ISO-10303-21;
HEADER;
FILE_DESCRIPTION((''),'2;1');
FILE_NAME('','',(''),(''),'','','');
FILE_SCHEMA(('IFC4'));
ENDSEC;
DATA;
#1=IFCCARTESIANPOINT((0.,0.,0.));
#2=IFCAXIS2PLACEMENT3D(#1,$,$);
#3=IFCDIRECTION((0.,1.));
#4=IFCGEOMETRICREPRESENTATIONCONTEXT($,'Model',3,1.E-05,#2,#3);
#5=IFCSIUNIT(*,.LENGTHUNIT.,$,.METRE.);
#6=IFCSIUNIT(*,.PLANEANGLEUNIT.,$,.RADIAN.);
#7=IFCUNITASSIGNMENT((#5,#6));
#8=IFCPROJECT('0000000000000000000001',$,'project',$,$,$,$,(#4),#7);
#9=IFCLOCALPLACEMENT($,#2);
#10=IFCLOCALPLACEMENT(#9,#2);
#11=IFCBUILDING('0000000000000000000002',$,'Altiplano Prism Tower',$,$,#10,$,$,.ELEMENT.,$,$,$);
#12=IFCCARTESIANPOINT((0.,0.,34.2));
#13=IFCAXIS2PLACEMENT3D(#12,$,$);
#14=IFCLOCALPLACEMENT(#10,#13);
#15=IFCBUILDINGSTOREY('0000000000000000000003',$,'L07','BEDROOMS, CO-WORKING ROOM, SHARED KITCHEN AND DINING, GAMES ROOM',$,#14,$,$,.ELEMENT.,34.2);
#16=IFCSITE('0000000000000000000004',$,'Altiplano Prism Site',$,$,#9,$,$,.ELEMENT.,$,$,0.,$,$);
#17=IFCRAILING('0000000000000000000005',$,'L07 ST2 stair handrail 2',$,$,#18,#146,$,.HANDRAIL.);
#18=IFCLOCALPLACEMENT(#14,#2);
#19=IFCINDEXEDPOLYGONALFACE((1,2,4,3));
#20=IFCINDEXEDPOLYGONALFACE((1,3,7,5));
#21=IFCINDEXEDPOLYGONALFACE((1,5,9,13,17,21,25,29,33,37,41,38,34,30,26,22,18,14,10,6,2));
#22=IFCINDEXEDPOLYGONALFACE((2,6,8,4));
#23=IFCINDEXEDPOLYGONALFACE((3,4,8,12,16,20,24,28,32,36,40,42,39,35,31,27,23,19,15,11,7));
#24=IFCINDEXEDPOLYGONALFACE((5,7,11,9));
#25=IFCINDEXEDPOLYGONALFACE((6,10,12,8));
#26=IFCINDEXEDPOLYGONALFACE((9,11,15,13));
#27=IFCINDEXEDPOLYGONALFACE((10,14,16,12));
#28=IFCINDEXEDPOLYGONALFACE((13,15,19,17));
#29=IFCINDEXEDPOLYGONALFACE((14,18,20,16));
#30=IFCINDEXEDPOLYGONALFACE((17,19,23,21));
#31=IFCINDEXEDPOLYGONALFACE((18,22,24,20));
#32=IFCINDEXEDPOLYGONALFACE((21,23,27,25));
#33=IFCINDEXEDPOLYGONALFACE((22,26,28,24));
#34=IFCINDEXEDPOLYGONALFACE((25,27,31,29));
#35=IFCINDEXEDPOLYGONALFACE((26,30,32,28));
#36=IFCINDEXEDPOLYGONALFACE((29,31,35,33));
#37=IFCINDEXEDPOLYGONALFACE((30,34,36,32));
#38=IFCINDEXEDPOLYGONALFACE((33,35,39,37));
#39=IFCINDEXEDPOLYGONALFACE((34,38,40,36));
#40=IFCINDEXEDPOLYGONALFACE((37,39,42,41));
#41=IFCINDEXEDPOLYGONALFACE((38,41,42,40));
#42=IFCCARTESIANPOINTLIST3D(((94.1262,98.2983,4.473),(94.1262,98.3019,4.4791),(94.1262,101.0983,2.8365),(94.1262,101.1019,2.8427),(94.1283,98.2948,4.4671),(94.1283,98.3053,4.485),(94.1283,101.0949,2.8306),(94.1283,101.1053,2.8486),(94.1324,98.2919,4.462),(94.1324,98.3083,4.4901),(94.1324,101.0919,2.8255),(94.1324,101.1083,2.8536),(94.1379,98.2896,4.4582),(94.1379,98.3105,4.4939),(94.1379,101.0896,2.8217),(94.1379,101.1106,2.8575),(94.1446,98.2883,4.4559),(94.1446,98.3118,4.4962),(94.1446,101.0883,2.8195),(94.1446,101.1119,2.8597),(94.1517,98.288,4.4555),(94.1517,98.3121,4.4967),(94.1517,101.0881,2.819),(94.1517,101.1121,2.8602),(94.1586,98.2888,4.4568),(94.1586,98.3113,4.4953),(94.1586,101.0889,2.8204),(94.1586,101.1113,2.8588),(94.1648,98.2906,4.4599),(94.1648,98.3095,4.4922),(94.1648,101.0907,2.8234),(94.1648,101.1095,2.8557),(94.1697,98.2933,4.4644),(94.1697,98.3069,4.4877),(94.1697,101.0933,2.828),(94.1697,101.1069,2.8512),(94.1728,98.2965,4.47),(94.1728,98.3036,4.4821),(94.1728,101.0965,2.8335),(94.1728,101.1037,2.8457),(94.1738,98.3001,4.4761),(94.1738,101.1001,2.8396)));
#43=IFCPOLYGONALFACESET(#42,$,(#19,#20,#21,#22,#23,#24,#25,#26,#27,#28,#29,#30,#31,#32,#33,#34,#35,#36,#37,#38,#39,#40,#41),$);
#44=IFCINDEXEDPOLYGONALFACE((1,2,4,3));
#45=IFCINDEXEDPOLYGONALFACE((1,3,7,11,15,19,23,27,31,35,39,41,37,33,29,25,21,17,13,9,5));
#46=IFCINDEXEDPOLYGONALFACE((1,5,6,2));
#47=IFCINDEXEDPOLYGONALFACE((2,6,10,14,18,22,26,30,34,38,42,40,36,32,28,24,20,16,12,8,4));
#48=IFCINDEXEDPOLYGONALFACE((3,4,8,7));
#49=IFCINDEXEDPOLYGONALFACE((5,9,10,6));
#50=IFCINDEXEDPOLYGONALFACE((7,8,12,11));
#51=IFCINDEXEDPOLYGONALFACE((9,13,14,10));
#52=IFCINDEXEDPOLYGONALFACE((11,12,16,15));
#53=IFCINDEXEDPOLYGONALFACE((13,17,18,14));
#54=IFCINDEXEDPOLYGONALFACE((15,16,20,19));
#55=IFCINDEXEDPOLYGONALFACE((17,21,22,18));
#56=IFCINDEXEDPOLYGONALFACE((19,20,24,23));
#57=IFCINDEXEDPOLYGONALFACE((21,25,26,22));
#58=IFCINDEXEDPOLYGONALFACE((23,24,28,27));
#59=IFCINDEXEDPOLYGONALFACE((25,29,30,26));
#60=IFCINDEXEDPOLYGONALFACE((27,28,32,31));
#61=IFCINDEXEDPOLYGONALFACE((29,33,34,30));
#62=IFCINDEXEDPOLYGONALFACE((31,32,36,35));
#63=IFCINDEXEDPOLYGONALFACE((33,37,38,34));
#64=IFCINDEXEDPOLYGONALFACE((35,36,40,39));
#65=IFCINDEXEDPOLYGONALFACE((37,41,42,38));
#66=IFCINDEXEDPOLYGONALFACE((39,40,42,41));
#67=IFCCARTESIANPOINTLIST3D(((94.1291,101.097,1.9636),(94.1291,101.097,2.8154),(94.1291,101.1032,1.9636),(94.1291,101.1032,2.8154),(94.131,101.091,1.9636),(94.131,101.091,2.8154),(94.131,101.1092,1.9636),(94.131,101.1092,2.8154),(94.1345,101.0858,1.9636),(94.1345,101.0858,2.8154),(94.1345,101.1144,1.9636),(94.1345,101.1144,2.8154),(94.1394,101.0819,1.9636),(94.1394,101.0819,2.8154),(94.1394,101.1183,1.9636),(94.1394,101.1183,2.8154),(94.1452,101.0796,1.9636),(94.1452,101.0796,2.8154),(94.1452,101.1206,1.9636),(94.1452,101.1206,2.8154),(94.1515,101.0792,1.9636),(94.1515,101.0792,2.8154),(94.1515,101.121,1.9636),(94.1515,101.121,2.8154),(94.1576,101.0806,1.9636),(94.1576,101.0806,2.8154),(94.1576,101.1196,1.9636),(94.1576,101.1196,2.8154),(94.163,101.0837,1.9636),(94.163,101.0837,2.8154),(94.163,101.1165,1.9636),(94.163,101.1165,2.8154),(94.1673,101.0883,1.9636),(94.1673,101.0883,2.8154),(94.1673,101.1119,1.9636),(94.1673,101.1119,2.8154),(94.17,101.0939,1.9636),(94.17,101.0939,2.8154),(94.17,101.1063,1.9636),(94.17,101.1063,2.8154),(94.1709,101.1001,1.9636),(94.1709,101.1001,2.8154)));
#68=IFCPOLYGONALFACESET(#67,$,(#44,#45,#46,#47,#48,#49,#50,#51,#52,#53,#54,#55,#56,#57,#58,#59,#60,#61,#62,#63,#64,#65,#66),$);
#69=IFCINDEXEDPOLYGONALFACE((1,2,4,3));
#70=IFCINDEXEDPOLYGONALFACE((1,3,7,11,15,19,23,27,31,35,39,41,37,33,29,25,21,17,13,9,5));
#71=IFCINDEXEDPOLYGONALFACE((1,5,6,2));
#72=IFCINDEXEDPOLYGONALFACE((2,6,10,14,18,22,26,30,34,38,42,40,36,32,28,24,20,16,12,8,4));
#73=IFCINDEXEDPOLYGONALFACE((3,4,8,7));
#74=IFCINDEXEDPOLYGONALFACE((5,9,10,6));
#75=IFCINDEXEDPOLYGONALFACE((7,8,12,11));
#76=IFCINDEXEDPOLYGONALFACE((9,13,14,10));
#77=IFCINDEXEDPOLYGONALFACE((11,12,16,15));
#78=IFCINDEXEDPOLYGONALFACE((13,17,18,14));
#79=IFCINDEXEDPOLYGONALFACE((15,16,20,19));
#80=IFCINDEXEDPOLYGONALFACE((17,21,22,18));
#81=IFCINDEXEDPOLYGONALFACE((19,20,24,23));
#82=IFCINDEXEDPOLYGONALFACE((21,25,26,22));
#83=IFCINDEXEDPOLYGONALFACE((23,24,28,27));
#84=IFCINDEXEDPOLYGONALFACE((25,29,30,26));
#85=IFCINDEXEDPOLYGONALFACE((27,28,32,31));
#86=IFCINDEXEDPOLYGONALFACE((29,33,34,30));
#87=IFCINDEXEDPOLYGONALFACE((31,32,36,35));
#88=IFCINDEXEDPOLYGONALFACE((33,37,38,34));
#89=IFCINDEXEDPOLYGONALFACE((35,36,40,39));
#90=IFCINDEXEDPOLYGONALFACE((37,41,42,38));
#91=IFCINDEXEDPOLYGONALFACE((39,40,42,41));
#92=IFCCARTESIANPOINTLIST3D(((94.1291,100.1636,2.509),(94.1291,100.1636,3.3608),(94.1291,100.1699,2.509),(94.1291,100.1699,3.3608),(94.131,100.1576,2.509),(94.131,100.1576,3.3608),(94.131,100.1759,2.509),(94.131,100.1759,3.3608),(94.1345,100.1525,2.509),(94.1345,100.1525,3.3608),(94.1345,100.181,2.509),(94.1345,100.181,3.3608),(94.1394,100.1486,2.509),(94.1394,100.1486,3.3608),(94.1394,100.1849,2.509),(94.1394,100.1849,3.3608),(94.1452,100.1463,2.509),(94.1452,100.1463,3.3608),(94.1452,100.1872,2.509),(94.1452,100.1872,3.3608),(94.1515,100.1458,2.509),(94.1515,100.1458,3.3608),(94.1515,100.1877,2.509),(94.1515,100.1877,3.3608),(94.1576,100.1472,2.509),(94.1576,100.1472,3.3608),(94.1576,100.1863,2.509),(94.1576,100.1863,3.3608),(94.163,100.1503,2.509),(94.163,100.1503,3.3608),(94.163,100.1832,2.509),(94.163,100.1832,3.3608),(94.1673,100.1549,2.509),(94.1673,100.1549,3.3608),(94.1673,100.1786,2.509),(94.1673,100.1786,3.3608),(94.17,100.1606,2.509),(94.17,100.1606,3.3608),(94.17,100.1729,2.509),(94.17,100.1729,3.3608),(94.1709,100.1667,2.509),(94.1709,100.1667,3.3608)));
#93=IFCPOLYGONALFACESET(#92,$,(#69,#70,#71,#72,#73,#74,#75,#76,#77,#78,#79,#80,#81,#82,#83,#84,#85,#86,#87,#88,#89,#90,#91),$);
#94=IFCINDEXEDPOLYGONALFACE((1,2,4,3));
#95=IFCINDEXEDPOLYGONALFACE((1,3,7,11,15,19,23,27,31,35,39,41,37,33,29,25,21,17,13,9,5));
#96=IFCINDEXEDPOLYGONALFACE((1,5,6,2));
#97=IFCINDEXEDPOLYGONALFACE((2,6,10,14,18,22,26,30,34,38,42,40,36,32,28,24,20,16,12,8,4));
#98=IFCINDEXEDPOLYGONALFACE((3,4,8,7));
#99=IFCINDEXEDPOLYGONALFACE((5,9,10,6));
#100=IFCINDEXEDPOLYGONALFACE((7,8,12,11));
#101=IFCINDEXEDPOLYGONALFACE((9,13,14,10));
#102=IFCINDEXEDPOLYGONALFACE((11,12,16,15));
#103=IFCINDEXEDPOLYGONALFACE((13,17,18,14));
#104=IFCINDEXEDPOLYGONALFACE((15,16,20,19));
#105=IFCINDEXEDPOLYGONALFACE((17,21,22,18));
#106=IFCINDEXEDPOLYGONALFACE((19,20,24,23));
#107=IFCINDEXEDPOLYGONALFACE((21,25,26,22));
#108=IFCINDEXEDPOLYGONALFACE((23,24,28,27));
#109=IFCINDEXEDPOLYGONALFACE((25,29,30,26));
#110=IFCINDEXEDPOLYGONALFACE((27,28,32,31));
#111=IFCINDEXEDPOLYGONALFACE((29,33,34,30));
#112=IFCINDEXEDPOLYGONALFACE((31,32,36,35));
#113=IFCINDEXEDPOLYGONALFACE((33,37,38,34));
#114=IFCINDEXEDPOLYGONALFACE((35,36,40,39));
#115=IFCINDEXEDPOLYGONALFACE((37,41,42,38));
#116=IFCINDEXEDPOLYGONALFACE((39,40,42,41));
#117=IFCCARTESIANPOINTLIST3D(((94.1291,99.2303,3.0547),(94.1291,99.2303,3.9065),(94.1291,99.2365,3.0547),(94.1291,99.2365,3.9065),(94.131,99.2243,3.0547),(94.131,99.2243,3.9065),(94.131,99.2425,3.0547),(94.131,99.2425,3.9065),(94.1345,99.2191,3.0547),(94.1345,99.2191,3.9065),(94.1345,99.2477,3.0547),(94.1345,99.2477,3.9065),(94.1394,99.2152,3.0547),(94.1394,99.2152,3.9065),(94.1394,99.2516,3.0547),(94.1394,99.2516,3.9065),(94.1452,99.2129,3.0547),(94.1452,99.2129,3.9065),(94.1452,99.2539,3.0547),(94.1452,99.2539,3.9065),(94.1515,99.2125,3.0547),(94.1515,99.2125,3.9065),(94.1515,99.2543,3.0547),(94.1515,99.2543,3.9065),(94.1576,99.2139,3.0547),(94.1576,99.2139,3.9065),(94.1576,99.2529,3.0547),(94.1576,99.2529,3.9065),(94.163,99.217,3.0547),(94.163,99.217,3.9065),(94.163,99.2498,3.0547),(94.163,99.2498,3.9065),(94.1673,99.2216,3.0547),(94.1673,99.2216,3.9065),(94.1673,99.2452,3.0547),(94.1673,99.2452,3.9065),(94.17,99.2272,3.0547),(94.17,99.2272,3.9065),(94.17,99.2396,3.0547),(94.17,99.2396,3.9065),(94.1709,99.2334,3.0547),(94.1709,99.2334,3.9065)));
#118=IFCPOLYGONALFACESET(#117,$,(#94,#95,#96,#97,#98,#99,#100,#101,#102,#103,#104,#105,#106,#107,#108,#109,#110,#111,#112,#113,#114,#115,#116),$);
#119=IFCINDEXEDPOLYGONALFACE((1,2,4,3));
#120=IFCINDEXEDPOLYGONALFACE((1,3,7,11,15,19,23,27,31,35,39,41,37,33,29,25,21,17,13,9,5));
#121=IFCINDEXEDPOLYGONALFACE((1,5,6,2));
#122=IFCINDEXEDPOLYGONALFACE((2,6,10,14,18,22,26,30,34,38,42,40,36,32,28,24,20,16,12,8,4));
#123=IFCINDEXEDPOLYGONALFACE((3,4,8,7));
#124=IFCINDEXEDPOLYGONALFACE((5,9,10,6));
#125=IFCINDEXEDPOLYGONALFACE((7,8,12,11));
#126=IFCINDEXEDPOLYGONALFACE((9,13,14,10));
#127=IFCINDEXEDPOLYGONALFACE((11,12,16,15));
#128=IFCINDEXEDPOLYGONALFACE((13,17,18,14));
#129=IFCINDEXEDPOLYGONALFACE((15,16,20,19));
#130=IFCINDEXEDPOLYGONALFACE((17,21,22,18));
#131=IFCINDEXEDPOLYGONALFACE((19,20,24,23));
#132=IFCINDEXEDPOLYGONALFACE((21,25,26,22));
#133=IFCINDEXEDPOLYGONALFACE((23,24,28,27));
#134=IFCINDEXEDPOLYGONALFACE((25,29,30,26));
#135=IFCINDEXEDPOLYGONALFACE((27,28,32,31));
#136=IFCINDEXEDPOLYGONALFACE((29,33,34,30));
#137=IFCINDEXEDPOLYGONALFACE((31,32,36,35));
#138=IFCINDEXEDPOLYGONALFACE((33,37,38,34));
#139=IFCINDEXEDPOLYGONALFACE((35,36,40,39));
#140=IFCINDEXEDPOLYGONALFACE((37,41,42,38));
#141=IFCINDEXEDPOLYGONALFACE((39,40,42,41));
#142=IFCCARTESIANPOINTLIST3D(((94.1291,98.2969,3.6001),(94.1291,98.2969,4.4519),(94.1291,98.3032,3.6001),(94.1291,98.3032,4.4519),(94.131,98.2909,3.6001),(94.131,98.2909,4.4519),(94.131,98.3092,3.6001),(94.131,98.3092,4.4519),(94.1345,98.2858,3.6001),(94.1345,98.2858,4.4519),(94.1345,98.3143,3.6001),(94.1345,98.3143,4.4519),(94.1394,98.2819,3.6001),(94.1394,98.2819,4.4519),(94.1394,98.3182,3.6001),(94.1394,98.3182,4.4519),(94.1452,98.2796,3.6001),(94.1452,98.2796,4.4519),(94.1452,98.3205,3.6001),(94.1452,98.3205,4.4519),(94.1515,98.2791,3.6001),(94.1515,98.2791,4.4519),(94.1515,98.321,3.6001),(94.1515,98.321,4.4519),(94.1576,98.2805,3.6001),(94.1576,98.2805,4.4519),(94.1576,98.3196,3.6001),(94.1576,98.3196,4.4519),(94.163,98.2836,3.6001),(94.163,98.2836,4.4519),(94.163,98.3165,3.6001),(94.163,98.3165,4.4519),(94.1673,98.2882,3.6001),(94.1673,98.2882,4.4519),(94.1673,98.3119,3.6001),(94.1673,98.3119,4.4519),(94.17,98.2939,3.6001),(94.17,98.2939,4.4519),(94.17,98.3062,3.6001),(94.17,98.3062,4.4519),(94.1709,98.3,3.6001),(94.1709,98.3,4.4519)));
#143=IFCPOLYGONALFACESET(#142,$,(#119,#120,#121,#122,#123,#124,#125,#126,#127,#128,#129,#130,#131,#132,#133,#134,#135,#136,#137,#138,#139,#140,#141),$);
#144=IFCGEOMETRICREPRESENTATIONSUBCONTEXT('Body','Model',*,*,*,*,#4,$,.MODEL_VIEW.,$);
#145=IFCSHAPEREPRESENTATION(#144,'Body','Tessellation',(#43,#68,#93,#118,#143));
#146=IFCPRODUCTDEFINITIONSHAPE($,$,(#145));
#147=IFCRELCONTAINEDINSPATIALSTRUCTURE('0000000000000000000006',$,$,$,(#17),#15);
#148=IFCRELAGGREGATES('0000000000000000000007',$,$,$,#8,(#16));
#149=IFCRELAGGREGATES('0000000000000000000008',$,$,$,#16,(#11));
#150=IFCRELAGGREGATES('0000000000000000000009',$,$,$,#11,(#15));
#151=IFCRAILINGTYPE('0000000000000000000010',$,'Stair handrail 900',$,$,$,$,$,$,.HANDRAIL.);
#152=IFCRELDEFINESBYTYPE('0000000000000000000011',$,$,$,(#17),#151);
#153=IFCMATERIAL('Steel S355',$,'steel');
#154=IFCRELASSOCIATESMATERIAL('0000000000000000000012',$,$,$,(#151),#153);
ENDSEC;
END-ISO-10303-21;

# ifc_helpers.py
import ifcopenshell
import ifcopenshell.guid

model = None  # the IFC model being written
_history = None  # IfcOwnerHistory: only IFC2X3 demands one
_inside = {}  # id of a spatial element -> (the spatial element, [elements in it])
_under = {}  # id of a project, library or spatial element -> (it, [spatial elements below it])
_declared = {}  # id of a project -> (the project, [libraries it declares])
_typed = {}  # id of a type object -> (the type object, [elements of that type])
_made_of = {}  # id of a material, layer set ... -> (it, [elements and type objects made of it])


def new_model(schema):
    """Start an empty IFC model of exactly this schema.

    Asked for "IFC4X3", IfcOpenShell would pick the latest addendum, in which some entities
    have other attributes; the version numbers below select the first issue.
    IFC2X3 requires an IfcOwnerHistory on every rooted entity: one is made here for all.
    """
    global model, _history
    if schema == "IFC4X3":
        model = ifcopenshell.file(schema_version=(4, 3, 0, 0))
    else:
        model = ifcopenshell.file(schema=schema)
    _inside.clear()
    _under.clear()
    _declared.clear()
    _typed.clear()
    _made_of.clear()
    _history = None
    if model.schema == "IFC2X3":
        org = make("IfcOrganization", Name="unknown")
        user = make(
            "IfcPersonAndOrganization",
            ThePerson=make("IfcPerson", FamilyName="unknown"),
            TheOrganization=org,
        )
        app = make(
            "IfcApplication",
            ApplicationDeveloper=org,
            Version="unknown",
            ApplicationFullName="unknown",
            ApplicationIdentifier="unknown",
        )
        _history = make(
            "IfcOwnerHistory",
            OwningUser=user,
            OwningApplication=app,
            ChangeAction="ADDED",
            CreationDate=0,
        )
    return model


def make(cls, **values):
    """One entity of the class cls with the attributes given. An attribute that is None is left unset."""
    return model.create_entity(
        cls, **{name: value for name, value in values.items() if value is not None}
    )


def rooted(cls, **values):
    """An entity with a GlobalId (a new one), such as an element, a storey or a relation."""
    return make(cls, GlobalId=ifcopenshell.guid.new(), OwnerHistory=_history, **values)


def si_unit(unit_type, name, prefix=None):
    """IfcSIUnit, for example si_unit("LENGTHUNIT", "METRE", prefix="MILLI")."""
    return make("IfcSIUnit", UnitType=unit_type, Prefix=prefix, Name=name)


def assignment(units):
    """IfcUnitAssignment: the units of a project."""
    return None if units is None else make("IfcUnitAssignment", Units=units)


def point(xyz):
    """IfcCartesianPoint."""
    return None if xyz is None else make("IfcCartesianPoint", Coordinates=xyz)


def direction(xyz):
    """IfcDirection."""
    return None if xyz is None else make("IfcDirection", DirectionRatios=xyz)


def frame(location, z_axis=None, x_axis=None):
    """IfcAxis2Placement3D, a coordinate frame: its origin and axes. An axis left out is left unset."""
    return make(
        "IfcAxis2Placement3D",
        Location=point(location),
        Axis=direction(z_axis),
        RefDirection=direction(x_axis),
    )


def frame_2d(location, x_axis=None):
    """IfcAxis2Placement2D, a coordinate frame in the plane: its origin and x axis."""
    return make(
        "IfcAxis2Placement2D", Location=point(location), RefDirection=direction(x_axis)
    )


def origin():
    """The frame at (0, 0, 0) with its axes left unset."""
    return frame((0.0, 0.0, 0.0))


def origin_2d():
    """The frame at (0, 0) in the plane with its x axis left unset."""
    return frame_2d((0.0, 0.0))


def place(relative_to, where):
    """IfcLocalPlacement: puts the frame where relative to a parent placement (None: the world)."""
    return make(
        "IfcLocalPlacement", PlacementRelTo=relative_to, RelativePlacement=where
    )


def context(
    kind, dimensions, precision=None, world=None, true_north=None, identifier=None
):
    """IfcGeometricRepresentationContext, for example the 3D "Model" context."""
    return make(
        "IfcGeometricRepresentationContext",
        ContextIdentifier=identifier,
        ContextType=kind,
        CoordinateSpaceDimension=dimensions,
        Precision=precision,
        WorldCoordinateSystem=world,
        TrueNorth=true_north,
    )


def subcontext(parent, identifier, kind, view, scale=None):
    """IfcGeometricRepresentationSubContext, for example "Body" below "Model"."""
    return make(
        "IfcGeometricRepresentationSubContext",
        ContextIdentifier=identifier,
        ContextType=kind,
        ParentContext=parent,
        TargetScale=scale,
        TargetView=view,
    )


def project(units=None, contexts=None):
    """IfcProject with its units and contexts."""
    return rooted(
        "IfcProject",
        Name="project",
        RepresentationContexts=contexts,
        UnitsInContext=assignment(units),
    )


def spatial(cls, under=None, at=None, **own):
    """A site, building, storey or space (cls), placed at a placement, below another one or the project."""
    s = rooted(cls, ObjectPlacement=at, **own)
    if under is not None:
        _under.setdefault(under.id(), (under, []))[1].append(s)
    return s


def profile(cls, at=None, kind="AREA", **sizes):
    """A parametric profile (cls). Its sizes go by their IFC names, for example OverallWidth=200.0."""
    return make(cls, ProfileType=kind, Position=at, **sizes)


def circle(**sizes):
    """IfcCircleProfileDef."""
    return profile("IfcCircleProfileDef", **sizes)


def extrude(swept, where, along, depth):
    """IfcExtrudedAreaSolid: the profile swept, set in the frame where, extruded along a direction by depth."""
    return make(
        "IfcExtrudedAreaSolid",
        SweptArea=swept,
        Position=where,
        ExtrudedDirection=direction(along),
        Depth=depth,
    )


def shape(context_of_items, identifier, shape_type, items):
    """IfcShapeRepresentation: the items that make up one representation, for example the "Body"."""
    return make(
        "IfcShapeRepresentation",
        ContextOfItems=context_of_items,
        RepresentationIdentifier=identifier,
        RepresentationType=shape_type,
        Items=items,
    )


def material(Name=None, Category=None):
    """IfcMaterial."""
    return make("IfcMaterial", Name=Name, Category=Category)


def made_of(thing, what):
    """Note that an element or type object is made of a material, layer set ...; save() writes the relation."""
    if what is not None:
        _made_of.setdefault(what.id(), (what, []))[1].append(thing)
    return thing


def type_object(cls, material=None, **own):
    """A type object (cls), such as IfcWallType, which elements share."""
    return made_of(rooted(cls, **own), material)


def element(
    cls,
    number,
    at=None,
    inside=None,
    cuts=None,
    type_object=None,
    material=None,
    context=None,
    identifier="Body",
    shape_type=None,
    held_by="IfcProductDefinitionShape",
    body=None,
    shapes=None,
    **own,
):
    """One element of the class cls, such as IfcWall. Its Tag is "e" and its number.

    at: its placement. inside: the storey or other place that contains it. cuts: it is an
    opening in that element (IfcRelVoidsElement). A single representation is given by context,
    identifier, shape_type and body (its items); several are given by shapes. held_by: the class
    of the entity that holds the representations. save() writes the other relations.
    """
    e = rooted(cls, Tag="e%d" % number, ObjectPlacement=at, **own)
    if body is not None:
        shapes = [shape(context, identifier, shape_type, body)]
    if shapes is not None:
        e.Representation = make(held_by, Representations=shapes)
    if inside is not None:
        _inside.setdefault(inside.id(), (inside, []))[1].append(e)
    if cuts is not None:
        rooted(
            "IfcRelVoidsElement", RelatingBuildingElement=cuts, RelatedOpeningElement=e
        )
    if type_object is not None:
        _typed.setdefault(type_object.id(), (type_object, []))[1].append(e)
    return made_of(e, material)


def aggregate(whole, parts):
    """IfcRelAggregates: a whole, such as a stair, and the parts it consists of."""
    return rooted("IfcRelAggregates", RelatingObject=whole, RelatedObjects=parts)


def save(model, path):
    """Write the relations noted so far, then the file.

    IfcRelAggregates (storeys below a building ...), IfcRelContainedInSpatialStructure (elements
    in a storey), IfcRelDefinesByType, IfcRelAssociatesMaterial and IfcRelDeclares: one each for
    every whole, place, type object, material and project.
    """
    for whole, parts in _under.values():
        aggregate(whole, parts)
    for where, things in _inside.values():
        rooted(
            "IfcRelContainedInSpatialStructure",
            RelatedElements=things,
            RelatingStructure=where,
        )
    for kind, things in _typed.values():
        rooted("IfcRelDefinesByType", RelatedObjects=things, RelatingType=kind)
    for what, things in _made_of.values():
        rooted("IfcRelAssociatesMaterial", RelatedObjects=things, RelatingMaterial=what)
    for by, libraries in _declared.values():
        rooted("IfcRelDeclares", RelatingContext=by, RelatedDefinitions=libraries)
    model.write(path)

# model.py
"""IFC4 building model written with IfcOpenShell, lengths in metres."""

from ifc_helpers import new_model, si_unit, direction, frame, origin, origin_2d, place, context, subcontext, project, spatial, circle, extrude, material, type_object, element, save


model = new_model("IFC4")

# Units and contexts
model_context = context("Model", 3, precision=1e-05, world=origin(), true_north=direction((0.0, 1.0)))
body_context = subcontext(model_context, "Body", "Model", "MODEL_VIEW")
ifc_project = project(units=[si_unit("LENGTHUNIT", "METRE"), si_unit("PLANEANGLEUNIT", "RADIAN")], contexts=[model_context])

# Site, building, storey
site_placement = place(None, origin())
site = spatial("IfcSite", under=ifc_project, at=site_placement, Name="Altiplano Prism Site", CompositionType="ELEMENT", RefElevation=0.0)
building_placement = place(site_placement, origin())
building = spatial("IfcBuilding", under=site, at=building_placement, Name="Altiplano Prism Tower", CompositionType="ELEMENT")
storey_placement = place(building_placement, frame((0.0, 0.0, 34.2)))
storey = spatial("IfcBuildingStorey", under=building, at=storey_placement, Name="L07", Description="BEDROOMS, CO-WORKING ROOM, SHARED KITCHEN AND DINING, GAMES ROOM", CompositionType="ELEMENT", Elevation=34.2)

# Railing
ifc_material_1 = material(Name="Steel S355", Category="steel")
railing_type_1 = type_object("IfcRailingType", Name="Stair handrail 900", PredefinedType="HANDRAIL", material=ifc_material_1)
railing_1_placement = place(storey_placement, frame((94.1499, 101.1001, 1.9636)))
element("IfcRailing", 1, at=railing_1_placement, inside=storey, type_object=railing_type_1, Name="L07 ST2 stair handrail 2", PredefinedType="HANDRAIL", context=body_context, shape_type="SweptSolid", body=[
    extrude(circle(Radius=0.0239, at=origin_2d()), frame((0.0, 0.0, 0.876), z_axis=(0.0, -0.863361, 0.504587), x_axis=(1.0, 0.0, 0.0)), (0.0, 0.0, 1.0), 3.2432),
    extrude(circle(Radius=0.021, at=origin_2d()), origin(), (0.0, 0.0, 1.0), 0.8518),
    extrude(circle(Radius=0.021, at=origin_2d()), frame((0.0, -0.9333, 0.5454)), (0.0, 0.0, 1.0), 0.8518),
    extrude(circle(Radius=0.021, at=origin_2d()), frame((0.0, -1.8667, 1.0911)), (0.0, 0.0, 1.0), 0.8518),
    extrude(circle(Radius=0.021, at=origin_2d()), frame((0.0, -2.8, 1.6365)), (0.0, 0.0, 1.0), 0.8518),
])

save(model, "model.ifc")
